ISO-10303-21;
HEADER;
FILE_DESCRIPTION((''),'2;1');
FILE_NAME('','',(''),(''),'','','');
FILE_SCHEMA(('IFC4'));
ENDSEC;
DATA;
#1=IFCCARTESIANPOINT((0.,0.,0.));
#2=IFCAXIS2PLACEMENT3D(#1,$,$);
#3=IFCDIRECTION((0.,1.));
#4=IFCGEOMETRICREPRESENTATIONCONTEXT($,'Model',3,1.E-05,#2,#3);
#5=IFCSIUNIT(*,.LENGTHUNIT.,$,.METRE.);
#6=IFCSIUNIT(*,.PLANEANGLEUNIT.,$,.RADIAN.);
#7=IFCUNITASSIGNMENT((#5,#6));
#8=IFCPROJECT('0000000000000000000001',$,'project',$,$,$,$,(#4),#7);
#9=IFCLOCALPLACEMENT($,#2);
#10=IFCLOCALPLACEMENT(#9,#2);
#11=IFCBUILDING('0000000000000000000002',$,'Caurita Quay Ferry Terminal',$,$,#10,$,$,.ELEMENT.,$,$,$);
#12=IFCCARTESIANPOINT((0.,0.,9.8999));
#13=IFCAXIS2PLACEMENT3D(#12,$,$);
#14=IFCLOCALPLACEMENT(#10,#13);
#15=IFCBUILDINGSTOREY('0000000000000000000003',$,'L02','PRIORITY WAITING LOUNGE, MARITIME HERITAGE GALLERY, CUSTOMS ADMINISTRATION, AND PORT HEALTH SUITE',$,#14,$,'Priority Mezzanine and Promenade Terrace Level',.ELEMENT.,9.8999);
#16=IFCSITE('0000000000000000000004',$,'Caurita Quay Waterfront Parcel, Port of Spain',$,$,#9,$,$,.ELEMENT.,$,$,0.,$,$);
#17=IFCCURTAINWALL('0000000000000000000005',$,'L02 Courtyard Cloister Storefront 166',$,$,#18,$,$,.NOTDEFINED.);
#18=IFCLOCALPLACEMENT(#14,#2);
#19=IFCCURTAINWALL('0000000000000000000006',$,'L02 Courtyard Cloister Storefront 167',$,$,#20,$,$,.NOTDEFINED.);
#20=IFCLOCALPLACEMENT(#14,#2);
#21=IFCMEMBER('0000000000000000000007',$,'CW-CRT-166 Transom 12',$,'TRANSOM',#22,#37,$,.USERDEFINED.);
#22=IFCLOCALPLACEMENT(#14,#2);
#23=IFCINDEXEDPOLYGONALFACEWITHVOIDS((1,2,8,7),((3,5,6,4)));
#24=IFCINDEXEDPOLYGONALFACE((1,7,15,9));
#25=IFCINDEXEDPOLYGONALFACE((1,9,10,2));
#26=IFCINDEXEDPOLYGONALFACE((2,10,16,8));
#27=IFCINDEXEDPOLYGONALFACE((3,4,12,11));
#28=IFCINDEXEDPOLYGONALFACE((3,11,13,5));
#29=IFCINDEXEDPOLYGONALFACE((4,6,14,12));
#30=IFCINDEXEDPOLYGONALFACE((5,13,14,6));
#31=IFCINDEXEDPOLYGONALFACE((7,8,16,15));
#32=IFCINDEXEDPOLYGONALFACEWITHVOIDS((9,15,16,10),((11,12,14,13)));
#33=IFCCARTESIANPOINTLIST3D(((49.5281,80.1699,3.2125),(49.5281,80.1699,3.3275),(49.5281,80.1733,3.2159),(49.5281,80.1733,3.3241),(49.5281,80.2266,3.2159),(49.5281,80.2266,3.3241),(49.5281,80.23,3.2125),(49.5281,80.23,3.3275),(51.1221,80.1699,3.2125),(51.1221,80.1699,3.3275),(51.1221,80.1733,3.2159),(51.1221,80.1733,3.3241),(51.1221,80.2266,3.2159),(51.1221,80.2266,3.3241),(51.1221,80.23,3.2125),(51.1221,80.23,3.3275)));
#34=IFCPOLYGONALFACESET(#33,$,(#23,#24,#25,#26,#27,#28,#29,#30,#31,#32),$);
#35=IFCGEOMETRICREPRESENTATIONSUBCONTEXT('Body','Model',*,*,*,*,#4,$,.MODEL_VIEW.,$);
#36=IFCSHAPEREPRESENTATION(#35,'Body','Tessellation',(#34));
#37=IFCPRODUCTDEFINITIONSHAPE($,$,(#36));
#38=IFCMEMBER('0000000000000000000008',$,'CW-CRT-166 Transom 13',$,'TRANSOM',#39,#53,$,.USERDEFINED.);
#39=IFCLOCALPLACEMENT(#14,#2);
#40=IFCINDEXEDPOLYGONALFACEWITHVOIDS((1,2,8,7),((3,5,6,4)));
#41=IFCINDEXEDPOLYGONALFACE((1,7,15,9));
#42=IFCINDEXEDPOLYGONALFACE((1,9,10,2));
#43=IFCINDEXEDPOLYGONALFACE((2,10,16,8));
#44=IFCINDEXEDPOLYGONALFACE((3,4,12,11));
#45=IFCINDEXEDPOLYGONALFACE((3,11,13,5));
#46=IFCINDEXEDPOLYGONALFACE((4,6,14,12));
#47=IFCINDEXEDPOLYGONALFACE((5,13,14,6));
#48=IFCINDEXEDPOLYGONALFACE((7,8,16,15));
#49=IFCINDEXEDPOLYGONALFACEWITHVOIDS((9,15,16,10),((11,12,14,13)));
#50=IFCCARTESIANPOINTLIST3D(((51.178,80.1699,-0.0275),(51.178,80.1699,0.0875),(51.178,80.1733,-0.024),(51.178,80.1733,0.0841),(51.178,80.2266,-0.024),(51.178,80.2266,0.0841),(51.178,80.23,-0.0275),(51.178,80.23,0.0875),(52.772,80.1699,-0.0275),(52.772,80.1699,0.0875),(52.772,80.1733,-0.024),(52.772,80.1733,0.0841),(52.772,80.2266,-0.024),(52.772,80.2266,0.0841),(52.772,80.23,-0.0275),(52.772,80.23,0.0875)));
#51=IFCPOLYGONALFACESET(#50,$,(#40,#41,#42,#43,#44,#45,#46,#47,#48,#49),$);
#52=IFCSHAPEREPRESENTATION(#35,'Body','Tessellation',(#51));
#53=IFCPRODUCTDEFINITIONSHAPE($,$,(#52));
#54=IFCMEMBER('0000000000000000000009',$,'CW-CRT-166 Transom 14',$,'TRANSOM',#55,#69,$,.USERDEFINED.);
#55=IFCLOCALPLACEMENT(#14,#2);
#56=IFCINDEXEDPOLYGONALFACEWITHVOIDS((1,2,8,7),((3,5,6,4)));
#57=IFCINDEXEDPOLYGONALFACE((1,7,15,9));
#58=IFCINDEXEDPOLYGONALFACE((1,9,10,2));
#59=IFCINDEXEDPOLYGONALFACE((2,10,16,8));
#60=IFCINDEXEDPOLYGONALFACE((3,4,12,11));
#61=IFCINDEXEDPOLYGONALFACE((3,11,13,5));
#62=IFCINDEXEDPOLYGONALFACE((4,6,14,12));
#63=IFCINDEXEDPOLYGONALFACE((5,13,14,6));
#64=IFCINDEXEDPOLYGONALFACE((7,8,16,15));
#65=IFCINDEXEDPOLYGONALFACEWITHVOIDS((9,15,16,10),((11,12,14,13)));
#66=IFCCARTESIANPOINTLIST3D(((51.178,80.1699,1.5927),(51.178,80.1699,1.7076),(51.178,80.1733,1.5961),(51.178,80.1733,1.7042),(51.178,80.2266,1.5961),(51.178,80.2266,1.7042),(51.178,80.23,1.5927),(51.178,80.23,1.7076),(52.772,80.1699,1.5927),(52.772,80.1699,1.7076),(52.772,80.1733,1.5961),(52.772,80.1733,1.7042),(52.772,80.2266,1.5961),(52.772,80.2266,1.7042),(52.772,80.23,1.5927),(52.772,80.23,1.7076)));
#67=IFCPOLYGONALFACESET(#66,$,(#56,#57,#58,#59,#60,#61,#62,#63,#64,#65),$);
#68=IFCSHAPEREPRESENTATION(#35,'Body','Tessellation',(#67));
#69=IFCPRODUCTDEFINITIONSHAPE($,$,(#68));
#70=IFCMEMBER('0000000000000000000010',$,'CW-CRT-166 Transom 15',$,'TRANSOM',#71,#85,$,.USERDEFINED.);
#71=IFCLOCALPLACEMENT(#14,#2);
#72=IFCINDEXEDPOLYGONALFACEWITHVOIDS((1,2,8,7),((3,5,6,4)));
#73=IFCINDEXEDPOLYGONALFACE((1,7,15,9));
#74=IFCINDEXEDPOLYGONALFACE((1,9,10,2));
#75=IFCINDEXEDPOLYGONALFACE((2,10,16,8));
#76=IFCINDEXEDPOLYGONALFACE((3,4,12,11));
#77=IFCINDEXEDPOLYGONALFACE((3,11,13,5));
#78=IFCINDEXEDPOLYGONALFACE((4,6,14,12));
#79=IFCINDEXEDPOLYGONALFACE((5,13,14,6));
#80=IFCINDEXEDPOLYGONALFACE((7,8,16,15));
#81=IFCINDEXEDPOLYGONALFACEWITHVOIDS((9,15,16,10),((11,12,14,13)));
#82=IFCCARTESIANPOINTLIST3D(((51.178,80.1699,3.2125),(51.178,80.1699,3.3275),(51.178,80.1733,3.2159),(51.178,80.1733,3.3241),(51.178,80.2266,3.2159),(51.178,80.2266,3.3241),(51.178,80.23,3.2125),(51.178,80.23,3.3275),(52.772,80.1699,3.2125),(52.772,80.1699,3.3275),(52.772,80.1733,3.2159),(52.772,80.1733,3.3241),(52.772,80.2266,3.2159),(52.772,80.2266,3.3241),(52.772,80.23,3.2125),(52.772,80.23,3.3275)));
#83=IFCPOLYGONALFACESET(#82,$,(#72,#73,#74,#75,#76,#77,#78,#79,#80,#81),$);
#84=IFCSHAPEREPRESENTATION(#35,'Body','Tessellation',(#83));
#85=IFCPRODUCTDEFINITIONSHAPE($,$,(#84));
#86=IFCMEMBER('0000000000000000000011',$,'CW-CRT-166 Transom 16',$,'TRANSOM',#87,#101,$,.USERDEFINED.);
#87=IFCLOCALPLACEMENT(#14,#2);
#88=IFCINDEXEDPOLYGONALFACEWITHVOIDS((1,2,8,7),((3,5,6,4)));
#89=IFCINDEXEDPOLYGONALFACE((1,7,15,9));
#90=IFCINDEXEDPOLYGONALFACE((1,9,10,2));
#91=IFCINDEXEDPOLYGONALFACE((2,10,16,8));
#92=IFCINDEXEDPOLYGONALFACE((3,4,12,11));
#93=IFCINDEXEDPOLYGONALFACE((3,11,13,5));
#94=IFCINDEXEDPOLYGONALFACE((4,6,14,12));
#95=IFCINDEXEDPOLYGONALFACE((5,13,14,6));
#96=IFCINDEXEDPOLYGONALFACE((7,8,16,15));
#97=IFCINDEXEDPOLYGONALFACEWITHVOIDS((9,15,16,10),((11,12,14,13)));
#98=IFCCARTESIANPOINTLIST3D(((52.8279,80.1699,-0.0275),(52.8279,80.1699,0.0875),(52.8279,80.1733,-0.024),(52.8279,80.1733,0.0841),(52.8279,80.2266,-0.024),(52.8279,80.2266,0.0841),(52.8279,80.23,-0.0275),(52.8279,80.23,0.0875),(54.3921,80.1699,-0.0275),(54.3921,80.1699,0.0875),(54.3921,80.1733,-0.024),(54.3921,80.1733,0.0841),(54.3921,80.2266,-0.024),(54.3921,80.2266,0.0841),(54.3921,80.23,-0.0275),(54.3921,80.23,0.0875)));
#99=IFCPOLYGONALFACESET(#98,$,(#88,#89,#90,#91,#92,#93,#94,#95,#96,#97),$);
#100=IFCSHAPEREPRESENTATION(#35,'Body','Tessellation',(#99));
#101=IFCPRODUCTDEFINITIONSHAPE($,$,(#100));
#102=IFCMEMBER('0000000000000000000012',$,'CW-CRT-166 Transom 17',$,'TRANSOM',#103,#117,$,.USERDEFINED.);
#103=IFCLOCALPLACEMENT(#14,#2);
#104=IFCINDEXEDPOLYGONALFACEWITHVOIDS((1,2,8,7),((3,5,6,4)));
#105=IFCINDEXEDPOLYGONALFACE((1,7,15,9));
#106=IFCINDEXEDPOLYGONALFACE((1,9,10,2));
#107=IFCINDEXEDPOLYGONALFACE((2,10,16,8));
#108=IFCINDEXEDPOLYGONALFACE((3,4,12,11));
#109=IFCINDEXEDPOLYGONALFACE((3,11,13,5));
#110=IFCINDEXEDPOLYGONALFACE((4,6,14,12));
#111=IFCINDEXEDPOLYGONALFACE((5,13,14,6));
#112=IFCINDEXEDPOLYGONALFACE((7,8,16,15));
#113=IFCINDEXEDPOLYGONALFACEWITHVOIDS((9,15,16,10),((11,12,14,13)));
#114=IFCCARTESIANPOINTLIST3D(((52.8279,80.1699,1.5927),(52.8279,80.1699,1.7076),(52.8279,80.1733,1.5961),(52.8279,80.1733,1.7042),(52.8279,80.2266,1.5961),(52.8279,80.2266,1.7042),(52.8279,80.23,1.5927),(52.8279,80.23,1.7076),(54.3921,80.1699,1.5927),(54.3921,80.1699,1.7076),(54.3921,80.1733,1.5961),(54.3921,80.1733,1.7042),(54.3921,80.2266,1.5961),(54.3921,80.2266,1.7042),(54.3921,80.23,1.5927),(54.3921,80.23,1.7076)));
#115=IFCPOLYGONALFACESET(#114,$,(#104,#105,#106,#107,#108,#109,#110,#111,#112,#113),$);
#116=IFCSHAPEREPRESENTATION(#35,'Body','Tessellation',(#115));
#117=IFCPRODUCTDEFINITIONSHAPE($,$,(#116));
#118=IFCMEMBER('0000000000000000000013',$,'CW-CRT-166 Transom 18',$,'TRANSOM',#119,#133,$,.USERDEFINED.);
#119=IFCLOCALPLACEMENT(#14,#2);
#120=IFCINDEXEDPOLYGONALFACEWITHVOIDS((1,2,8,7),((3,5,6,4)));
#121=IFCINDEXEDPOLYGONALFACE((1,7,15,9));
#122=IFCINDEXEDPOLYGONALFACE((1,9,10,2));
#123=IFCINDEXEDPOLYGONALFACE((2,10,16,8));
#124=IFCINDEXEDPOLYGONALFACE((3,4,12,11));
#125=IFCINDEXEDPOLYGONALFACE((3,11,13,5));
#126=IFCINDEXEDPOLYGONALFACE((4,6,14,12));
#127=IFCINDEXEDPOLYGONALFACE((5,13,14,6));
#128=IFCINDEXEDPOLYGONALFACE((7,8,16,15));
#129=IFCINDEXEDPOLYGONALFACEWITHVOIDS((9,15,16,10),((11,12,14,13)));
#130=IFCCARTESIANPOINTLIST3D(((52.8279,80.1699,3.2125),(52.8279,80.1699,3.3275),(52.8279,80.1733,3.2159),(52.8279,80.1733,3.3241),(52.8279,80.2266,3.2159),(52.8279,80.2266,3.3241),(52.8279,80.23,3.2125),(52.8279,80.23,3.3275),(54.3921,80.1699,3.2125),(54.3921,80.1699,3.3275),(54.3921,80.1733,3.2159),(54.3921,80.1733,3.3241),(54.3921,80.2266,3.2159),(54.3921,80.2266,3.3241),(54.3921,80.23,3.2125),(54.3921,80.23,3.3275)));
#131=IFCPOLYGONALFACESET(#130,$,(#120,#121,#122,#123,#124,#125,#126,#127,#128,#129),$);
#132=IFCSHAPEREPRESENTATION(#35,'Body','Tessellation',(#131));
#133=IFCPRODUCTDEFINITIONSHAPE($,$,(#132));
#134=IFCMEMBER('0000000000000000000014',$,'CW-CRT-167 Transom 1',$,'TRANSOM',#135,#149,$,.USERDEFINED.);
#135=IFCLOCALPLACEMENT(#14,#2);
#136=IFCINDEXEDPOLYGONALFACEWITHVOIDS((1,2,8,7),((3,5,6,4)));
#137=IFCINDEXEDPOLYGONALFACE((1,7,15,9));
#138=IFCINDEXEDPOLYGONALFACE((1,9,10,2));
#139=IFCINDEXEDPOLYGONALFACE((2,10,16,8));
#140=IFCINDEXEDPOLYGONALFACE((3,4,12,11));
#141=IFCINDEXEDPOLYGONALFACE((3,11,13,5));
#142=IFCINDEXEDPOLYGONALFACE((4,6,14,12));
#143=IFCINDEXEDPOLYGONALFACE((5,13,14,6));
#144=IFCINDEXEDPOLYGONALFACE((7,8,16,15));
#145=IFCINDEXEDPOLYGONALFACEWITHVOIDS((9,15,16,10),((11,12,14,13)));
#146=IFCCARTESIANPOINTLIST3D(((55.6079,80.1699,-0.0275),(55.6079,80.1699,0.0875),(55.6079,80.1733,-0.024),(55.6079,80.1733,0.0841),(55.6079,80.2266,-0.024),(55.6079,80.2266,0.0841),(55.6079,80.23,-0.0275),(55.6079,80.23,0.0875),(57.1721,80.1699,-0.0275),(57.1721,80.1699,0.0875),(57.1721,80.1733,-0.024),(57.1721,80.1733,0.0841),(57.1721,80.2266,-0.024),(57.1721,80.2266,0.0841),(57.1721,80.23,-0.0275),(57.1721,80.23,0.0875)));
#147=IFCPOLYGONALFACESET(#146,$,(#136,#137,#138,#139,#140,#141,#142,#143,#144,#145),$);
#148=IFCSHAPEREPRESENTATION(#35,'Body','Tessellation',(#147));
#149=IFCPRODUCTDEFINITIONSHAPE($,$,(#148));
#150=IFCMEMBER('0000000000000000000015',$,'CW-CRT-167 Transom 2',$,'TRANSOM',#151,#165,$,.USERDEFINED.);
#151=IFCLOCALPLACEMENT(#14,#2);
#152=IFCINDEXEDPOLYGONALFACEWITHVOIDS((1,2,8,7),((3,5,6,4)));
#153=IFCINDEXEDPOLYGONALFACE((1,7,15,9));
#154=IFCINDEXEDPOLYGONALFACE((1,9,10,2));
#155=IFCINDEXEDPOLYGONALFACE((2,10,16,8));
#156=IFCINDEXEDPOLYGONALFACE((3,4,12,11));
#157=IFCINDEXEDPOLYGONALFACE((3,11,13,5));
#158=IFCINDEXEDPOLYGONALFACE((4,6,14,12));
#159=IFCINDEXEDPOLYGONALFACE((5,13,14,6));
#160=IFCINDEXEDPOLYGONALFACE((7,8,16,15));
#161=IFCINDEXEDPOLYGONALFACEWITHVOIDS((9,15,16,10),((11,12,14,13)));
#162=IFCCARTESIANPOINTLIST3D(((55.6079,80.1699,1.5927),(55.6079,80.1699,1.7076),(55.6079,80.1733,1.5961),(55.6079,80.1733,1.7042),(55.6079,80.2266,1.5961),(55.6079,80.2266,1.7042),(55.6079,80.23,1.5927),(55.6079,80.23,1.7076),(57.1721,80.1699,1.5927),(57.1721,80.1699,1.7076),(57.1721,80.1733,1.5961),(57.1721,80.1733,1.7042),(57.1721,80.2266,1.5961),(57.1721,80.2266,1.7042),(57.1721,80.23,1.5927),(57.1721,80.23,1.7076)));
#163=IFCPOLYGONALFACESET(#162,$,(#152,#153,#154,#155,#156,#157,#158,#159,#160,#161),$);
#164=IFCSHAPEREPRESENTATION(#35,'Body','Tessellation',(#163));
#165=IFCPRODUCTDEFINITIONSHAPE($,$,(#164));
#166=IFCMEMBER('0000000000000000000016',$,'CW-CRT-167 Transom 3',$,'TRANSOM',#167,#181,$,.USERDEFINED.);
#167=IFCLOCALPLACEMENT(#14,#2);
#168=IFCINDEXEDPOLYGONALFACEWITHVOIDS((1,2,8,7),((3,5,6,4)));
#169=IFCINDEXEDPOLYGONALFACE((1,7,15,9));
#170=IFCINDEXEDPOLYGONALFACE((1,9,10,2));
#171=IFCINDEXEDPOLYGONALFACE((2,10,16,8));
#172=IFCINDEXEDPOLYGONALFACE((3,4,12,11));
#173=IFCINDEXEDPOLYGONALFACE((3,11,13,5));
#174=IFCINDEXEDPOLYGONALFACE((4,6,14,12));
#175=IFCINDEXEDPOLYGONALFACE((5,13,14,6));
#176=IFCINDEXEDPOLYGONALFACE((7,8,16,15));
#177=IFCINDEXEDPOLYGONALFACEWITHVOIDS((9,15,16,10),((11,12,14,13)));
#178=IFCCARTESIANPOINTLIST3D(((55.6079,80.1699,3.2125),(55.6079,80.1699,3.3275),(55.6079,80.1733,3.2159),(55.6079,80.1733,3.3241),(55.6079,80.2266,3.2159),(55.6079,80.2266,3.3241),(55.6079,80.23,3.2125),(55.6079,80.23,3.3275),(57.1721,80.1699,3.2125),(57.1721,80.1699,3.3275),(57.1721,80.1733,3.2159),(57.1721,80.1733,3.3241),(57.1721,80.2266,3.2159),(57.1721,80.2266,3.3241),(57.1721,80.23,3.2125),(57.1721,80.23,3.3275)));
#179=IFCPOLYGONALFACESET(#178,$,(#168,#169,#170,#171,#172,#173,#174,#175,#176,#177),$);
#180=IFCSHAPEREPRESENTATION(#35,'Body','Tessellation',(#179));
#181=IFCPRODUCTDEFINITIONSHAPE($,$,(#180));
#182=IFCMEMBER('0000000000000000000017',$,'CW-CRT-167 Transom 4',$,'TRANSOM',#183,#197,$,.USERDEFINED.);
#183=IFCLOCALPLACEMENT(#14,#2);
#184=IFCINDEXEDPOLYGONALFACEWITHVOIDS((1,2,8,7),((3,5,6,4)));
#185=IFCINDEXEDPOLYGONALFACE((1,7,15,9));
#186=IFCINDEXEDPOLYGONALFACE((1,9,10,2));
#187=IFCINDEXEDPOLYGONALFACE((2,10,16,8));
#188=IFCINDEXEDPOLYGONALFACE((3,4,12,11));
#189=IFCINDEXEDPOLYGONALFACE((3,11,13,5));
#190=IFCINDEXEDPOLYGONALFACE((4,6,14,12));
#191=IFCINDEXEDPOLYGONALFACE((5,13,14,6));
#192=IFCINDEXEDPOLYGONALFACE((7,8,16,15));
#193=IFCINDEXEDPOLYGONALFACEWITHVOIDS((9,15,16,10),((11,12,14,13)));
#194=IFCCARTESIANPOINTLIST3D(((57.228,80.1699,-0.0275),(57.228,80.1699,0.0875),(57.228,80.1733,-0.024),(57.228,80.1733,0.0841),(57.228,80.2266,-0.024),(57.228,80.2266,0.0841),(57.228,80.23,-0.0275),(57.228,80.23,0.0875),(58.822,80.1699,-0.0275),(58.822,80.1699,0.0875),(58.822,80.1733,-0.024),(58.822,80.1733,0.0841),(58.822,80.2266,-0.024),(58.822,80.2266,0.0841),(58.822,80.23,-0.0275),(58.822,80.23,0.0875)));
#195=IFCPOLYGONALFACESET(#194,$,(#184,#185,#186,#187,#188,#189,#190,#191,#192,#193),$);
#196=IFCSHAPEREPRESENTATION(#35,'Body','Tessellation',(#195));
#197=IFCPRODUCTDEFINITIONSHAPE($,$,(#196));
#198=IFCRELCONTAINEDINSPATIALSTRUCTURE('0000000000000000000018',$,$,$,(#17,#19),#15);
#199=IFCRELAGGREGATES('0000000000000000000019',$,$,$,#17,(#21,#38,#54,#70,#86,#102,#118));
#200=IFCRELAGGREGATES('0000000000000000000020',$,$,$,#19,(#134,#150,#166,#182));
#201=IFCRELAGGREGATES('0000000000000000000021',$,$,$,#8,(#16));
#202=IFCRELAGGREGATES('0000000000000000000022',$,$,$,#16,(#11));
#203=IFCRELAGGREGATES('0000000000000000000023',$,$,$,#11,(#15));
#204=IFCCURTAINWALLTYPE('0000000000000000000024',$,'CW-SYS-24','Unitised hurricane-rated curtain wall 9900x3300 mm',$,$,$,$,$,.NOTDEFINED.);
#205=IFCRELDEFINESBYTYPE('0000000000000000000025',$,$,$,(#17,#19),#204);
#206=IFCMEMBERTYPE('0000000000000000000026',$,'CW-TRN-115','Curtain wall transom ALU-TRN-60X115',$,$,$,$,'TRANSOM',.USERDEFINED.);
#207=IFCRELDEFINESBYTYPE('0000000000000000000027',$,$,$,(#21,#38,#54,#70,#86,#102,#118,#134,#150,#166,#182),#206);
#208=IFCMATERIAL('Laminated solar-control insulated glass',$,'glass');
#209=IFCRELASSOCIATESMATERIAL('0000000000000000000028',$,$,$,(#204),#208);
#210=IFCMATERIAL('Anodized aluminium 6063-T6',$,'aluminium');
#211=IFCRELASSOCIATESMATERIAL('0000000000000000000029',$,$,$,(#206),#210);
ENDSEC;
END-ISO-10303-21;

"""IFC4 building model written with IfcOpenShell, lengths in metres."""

from ifc_helpers import new_model, si_unit, direction, frame, origin, origin_2d, place, context, subcontext, project, spatial, hollow_rectangle, extrude, material, material_profile, profile_set, type_object, element, aggregate, save


model = new_model("IFC4")

# Units and contexts
model_context = context("Model", 3, precision=1e-05, world=origin(), true_north=direction((0.0, 1.0)))
body_context = subcontext(model_context, "Body", "Model", "MODEL_VIEW")
ifc_project = project(units=[si_unit("LENGTHUNIT", "METRE"), si_unit("PLANEANGLEUNIT", "RADIAN")], contexts=[model_context])

# Site, building, storey
site_placement = place(None, origin())
site = spatial("IfcSite", under=ifc_project, at=site_placement, Name="Caurita Quay Waterfront Parcel, Port of Spain", CompositionType="ELEMENT", RefElevation=0.0)
building_placement = place(site_placement, origin())
building = spatial("IfcBuilding", under=site, at=building_placement, Name="Caurita Quay Ferry Terminal", CompositionType="ELEMENT")
storey_placement = place(building_placement, frame((0.0, 0.0, 9.8999)))
storey = spatial("IfcBuildingStorey", under=building, at=storey_placement, Name="L02", Description="PRIORITY WAITING LOUNGE, MARITIME HERITAGE GALLERY, CUSTOMS ADMINISTRATION, AND PORT HEALTH SUITE", LongName="Priority Mezzanine and Promenade Terrace Level", CompositionType="ELEMENT", Elevation=9.8999)

# Curtain walls
ifc_material_1 = material(Name="Laminated solar-control insulated glass", Category="glass")
curtain_wall_type = type_object("IfcCurtainWallType", Name="CW-SYS-24", Description="Unitised hurricane-rated curtain wall 9900x3300 mm", PredefinedType="NOTDEFINED", material=ifc_material_1)
curtain_wall_1_placement = place(storey_placement, origin())
curtain_wall_1 = element("IfcCurtainWall", 1, at=curtain_wall_1_placement, inside=storey, type_object=curtain_wall_type, Name="L02 Courtyard Cloister Storefront 166", PredefinedType="NOTDEFINED")
ifc_material_2 = material(Name="Anodized aluminium 6063-T6", Category="aluminium")
curtain_wall_2_placement = place(storey_placement, origin())
curtain_wall_2 = element("IfcCurtainWall", 2, at=curtain_wall_2_placement, inside=storey, type_object=curtain_wall_type, Name="L02 Courtyard Cloister Storefront 167", PredefinedType="NOTDEFINED")

# Members
ifc_material_profile_1 = material_profile(ifc_material_2, hollow_rectangle(XDim=0.0601, YDim=0.115, WallThickness=0.0034, at=origin_2d()), Name="ALU-TRN-60X115")
ifc_profile_set_1 = profile_set([ifc_material_profile_1], Name="Anodized aluminium 6063-T6")
member_type_1 = type_object("IfcMemberType", Name="CW-TRN-115", Description="Curtain wall transom ALU-TRN-60X115", ElementType="TRANSOM", PredefinedType="USERDEFINED", material=ifc_profile_set_1)
member_1_placement = place(storey_placement, frame((49.5281, 80.2, 3.27), z_axis=(1.0, 0.0, 0.0), x_axis=(0.0, 1.0, 0.0)))
member_1 = element("IfcMember", 3, at=member_1_placement, type_object=member_type_1, Name="CW-CRT-166 Transom 12", ObjectType="TRANSOM", PredefinedType="USERDEFINED", context=body_context, shape_type="SweptSolid", body=[
    extrude(hollow_rectangle(XDim=0.0601, YDim=0.115, WallThickness=0.0034, at=origin_2d()), origin(), (0.0, 0.0, 1.0), 1.594),
])
member_2_placement = place(storey_placement, frame((51.178, 80.2, 0.03), z_axis=(1.0, 0.0, 0.0), x_axis=(0.0, 1.0, 0.0)))
member_2 = element("IfcMember", 4, at=member_2_placement, type_object=member_type_1, Name="CW-CRT-166 Transom 13", ObjectType="TRANSOM", PredefinedType="USERDEFINED", context=body_context, shape_type="SweptSolid", body=[
    extrude(hollow_rectangle(XDim=0.0601, YDim=0.115, WallThickness=0.0034, at=origin_2d()), origin(), (0.0, 0.0, 1.0), 1.594),
])
member_3_placement = place(storey_placement, frame((51.178, 80.2, 1.6501), z_axis=(1.0, 0.0, 0.0), x_axis=(0.0, 1.0, 0.0)))
member_3 = element("IfcMember", 5, at=member_3_placement, type_object=member_type_1, Name="CW-CRT-166 Transom 14", ObjectType="TRANSOM", PredefinedType="USERDEFINED", context=body_context, shape_type="SweptSolid", body=[
    extrude(hollow_rectangle(XDim=0.0601, YDim=0.115, WallThickness=0.0034, at=origin_2d()), origin(), (0.0, 0.0, 1.0), 1.594),
])
member_4_placement = place(storey_placement, frame((51.178, 80.2, 3.27), z_axis=(1.0, 0.0, 0.0), x_axis=(0.0, 1.0, 0.0)))
member_4 = element("IfcMember", 6, at=member_4_placement, type_object=member_type_1, Name="CW-CRT-166 Transom 15", ObjectType="TRANSOM", PredefinedType="USERDEFINED", context=body_context, shape_type="SweptSolid", body=[
    extrude(hollow_rectangle(XDim=0.0601, YDim=0.115, WallThickness=0.0034, at=origin_2d()), origin(), (0.0, 0.0, 1.0), 1.594),
])
member_5_placement = place(storey_placement, frame((52.8279, 80.2, 0.03), z_axis=(1.0, 0.0, 0.0), x_axis=(0.0, 1.0, 0.0)))
member_5 = element("IfcMember", 7, at=member_5_placement, type_object=member_type_1, Name="CW-CRT-166 Transom 16", ObjectType="TRANSOM", PredefinedType="USERDEFINED", context=body_context, shape_type="SweptSolid", body=[
    extrude(hollow_rectangle(XDim=0.0601, YDim=0.115, WallThickness=0.0034, at=origin_2d()), origin(), (0.0, 0.0, 1.0), 1.5642),
])
member_6_placement = place(storey_placement, frame((52.8279, 80.2, 1.6501), z_axis=(1.0, 0.0, 0.0), x_axis=(0.0, 1.0, 0.0)))
member_6 = element("IfcMember", 8, at=member_6_placement, type_object=member_type_1, Name="CW-CRT-166 Transom 17", ObjectType="TRANSOM", PredefinedType="USERDEFINED", context=body_context, shape_type="SweptSolid", body=[
    extrude(hollow_rectangle(XDim=0.0601, YDim=0.115, WallThickness=0.0034, at=origin_2d()), origin(), (0.0, 0.0, 1.0), 1.5642),
])
member_7_placement = place(storey_placement, frame((52.8279, 80.2, 3.27), z_axis=(1.0, 0.0, 0.0), x_axis=(0.0, 1.0, 0.0)))
member_7 = element("IfcMember", 9, at=member_7_placement, type_object=member_type_1, Name="CW-CRT-166 Transom 18", ObjectType="TRANSOM", PredefinedType="USERDEFINED", context=body_context, shape_type="SweptSolid", body=[
    extrude(hollow_rectangle(XDim=0.0601, YDim=0.115, WallThickness=0.0034, at=origin_2d()), origin(), (0.0, 0.0, 1.0), 1.5642),
])
member_8_placement = place(storey_placement, frame((55.6079, 80.2, 0.03), z_axis=(1.0, 0.0, 0.0), x_axis=(0.0, 1.0, 0.0)))
member_8 = element("IfcMember", 10, at=member_8_placement, type_object=member_type_1, Name="CW-CRT-167 Transom 1", ObjectType="TRANSOM", PredefinedType="USERDEFINED", context=body_context, shape_type="SweptSolid", body=[
    extrude(hollow_rectangle(XDim=0.0601, YDim=0.115, WallThickness=0.0034, at=origin_2d()), origin(), (0.0, 0.0, 1.0), 1.5642),
])
member_9_placement = place(storey_placement, frame((55.6079, 80.2, 1.6501), z_axis=(1.0, 0.0, 0.0), x_axis=(0.0, 1.0, 0.0)))
member_9 = element("IfcMember", 11, at=member_9_placement, type_object=member_type_1, Name="CW-CRT-167 Transom 2", ObjectType="TRANSOM", PredefinedType="USERDEFINED", context=body_context, shape_type="SweptSolid", body=[
    extrude(hollow_rectangle(XDim=0.0601, YDim=0.115, WallThickness=0.0034, at=origin_2d()), origin(), (0.0, 0.0, 1.0), 1.5642),
])
member_10_placement = place(storey_placement, frame((55.6079, 80.2, 3.27), z_axis=(1.0, 0.0, 0.0), x_axis=(0.0, 1.0, 0.0)))
member_10 = element("IfcMember", 12, at=member_10_placement, type_object=member_type_1, Name="CW-CRT-167 Transom 3", ObjectType="TRANSOM", PredefinedType="USERDEFINED", context=body_context, shape_type="SweptSolid", body=[
    extrude(hollow_rectangle(XDim=0.0601, YDim=0.115, WallThickness=0.0034, at=origin_2d()), origin(), (0.0, 0.0, 1.0), 1.5642),
])
member_11_placement = place(storey_placement, frame((57.228, 80.2, 0.03), z_axis=(1.0, 0.0, 0.0), x_axis=(0.0, 1.0, 0.0)))
member_11 = element("IfcMember", 13, at=member_11_placement, type_object=member_type_1, Name="CW-CRT-167 Transom 4", ObjectType="TRANSOM", PredefinedType="USERDEFINED", context=body_context, shape_type="SweptSolid", body=[
    extrude(hollow_rectangle(XDim=0.0601, YDim=0.115, WallThickness=0.0034, at=origin_2d()), origin(), (0.0, 0.0, 1.0), 1.594),
])

aggregate(curtain_wall_1, [member_1, member_2, member_3, member_4, member_5, member_6, member_7])
aggregate(curtain_wall_2, [member_8, member_9, member_10, member_11])

save(model, "model.ifc")
